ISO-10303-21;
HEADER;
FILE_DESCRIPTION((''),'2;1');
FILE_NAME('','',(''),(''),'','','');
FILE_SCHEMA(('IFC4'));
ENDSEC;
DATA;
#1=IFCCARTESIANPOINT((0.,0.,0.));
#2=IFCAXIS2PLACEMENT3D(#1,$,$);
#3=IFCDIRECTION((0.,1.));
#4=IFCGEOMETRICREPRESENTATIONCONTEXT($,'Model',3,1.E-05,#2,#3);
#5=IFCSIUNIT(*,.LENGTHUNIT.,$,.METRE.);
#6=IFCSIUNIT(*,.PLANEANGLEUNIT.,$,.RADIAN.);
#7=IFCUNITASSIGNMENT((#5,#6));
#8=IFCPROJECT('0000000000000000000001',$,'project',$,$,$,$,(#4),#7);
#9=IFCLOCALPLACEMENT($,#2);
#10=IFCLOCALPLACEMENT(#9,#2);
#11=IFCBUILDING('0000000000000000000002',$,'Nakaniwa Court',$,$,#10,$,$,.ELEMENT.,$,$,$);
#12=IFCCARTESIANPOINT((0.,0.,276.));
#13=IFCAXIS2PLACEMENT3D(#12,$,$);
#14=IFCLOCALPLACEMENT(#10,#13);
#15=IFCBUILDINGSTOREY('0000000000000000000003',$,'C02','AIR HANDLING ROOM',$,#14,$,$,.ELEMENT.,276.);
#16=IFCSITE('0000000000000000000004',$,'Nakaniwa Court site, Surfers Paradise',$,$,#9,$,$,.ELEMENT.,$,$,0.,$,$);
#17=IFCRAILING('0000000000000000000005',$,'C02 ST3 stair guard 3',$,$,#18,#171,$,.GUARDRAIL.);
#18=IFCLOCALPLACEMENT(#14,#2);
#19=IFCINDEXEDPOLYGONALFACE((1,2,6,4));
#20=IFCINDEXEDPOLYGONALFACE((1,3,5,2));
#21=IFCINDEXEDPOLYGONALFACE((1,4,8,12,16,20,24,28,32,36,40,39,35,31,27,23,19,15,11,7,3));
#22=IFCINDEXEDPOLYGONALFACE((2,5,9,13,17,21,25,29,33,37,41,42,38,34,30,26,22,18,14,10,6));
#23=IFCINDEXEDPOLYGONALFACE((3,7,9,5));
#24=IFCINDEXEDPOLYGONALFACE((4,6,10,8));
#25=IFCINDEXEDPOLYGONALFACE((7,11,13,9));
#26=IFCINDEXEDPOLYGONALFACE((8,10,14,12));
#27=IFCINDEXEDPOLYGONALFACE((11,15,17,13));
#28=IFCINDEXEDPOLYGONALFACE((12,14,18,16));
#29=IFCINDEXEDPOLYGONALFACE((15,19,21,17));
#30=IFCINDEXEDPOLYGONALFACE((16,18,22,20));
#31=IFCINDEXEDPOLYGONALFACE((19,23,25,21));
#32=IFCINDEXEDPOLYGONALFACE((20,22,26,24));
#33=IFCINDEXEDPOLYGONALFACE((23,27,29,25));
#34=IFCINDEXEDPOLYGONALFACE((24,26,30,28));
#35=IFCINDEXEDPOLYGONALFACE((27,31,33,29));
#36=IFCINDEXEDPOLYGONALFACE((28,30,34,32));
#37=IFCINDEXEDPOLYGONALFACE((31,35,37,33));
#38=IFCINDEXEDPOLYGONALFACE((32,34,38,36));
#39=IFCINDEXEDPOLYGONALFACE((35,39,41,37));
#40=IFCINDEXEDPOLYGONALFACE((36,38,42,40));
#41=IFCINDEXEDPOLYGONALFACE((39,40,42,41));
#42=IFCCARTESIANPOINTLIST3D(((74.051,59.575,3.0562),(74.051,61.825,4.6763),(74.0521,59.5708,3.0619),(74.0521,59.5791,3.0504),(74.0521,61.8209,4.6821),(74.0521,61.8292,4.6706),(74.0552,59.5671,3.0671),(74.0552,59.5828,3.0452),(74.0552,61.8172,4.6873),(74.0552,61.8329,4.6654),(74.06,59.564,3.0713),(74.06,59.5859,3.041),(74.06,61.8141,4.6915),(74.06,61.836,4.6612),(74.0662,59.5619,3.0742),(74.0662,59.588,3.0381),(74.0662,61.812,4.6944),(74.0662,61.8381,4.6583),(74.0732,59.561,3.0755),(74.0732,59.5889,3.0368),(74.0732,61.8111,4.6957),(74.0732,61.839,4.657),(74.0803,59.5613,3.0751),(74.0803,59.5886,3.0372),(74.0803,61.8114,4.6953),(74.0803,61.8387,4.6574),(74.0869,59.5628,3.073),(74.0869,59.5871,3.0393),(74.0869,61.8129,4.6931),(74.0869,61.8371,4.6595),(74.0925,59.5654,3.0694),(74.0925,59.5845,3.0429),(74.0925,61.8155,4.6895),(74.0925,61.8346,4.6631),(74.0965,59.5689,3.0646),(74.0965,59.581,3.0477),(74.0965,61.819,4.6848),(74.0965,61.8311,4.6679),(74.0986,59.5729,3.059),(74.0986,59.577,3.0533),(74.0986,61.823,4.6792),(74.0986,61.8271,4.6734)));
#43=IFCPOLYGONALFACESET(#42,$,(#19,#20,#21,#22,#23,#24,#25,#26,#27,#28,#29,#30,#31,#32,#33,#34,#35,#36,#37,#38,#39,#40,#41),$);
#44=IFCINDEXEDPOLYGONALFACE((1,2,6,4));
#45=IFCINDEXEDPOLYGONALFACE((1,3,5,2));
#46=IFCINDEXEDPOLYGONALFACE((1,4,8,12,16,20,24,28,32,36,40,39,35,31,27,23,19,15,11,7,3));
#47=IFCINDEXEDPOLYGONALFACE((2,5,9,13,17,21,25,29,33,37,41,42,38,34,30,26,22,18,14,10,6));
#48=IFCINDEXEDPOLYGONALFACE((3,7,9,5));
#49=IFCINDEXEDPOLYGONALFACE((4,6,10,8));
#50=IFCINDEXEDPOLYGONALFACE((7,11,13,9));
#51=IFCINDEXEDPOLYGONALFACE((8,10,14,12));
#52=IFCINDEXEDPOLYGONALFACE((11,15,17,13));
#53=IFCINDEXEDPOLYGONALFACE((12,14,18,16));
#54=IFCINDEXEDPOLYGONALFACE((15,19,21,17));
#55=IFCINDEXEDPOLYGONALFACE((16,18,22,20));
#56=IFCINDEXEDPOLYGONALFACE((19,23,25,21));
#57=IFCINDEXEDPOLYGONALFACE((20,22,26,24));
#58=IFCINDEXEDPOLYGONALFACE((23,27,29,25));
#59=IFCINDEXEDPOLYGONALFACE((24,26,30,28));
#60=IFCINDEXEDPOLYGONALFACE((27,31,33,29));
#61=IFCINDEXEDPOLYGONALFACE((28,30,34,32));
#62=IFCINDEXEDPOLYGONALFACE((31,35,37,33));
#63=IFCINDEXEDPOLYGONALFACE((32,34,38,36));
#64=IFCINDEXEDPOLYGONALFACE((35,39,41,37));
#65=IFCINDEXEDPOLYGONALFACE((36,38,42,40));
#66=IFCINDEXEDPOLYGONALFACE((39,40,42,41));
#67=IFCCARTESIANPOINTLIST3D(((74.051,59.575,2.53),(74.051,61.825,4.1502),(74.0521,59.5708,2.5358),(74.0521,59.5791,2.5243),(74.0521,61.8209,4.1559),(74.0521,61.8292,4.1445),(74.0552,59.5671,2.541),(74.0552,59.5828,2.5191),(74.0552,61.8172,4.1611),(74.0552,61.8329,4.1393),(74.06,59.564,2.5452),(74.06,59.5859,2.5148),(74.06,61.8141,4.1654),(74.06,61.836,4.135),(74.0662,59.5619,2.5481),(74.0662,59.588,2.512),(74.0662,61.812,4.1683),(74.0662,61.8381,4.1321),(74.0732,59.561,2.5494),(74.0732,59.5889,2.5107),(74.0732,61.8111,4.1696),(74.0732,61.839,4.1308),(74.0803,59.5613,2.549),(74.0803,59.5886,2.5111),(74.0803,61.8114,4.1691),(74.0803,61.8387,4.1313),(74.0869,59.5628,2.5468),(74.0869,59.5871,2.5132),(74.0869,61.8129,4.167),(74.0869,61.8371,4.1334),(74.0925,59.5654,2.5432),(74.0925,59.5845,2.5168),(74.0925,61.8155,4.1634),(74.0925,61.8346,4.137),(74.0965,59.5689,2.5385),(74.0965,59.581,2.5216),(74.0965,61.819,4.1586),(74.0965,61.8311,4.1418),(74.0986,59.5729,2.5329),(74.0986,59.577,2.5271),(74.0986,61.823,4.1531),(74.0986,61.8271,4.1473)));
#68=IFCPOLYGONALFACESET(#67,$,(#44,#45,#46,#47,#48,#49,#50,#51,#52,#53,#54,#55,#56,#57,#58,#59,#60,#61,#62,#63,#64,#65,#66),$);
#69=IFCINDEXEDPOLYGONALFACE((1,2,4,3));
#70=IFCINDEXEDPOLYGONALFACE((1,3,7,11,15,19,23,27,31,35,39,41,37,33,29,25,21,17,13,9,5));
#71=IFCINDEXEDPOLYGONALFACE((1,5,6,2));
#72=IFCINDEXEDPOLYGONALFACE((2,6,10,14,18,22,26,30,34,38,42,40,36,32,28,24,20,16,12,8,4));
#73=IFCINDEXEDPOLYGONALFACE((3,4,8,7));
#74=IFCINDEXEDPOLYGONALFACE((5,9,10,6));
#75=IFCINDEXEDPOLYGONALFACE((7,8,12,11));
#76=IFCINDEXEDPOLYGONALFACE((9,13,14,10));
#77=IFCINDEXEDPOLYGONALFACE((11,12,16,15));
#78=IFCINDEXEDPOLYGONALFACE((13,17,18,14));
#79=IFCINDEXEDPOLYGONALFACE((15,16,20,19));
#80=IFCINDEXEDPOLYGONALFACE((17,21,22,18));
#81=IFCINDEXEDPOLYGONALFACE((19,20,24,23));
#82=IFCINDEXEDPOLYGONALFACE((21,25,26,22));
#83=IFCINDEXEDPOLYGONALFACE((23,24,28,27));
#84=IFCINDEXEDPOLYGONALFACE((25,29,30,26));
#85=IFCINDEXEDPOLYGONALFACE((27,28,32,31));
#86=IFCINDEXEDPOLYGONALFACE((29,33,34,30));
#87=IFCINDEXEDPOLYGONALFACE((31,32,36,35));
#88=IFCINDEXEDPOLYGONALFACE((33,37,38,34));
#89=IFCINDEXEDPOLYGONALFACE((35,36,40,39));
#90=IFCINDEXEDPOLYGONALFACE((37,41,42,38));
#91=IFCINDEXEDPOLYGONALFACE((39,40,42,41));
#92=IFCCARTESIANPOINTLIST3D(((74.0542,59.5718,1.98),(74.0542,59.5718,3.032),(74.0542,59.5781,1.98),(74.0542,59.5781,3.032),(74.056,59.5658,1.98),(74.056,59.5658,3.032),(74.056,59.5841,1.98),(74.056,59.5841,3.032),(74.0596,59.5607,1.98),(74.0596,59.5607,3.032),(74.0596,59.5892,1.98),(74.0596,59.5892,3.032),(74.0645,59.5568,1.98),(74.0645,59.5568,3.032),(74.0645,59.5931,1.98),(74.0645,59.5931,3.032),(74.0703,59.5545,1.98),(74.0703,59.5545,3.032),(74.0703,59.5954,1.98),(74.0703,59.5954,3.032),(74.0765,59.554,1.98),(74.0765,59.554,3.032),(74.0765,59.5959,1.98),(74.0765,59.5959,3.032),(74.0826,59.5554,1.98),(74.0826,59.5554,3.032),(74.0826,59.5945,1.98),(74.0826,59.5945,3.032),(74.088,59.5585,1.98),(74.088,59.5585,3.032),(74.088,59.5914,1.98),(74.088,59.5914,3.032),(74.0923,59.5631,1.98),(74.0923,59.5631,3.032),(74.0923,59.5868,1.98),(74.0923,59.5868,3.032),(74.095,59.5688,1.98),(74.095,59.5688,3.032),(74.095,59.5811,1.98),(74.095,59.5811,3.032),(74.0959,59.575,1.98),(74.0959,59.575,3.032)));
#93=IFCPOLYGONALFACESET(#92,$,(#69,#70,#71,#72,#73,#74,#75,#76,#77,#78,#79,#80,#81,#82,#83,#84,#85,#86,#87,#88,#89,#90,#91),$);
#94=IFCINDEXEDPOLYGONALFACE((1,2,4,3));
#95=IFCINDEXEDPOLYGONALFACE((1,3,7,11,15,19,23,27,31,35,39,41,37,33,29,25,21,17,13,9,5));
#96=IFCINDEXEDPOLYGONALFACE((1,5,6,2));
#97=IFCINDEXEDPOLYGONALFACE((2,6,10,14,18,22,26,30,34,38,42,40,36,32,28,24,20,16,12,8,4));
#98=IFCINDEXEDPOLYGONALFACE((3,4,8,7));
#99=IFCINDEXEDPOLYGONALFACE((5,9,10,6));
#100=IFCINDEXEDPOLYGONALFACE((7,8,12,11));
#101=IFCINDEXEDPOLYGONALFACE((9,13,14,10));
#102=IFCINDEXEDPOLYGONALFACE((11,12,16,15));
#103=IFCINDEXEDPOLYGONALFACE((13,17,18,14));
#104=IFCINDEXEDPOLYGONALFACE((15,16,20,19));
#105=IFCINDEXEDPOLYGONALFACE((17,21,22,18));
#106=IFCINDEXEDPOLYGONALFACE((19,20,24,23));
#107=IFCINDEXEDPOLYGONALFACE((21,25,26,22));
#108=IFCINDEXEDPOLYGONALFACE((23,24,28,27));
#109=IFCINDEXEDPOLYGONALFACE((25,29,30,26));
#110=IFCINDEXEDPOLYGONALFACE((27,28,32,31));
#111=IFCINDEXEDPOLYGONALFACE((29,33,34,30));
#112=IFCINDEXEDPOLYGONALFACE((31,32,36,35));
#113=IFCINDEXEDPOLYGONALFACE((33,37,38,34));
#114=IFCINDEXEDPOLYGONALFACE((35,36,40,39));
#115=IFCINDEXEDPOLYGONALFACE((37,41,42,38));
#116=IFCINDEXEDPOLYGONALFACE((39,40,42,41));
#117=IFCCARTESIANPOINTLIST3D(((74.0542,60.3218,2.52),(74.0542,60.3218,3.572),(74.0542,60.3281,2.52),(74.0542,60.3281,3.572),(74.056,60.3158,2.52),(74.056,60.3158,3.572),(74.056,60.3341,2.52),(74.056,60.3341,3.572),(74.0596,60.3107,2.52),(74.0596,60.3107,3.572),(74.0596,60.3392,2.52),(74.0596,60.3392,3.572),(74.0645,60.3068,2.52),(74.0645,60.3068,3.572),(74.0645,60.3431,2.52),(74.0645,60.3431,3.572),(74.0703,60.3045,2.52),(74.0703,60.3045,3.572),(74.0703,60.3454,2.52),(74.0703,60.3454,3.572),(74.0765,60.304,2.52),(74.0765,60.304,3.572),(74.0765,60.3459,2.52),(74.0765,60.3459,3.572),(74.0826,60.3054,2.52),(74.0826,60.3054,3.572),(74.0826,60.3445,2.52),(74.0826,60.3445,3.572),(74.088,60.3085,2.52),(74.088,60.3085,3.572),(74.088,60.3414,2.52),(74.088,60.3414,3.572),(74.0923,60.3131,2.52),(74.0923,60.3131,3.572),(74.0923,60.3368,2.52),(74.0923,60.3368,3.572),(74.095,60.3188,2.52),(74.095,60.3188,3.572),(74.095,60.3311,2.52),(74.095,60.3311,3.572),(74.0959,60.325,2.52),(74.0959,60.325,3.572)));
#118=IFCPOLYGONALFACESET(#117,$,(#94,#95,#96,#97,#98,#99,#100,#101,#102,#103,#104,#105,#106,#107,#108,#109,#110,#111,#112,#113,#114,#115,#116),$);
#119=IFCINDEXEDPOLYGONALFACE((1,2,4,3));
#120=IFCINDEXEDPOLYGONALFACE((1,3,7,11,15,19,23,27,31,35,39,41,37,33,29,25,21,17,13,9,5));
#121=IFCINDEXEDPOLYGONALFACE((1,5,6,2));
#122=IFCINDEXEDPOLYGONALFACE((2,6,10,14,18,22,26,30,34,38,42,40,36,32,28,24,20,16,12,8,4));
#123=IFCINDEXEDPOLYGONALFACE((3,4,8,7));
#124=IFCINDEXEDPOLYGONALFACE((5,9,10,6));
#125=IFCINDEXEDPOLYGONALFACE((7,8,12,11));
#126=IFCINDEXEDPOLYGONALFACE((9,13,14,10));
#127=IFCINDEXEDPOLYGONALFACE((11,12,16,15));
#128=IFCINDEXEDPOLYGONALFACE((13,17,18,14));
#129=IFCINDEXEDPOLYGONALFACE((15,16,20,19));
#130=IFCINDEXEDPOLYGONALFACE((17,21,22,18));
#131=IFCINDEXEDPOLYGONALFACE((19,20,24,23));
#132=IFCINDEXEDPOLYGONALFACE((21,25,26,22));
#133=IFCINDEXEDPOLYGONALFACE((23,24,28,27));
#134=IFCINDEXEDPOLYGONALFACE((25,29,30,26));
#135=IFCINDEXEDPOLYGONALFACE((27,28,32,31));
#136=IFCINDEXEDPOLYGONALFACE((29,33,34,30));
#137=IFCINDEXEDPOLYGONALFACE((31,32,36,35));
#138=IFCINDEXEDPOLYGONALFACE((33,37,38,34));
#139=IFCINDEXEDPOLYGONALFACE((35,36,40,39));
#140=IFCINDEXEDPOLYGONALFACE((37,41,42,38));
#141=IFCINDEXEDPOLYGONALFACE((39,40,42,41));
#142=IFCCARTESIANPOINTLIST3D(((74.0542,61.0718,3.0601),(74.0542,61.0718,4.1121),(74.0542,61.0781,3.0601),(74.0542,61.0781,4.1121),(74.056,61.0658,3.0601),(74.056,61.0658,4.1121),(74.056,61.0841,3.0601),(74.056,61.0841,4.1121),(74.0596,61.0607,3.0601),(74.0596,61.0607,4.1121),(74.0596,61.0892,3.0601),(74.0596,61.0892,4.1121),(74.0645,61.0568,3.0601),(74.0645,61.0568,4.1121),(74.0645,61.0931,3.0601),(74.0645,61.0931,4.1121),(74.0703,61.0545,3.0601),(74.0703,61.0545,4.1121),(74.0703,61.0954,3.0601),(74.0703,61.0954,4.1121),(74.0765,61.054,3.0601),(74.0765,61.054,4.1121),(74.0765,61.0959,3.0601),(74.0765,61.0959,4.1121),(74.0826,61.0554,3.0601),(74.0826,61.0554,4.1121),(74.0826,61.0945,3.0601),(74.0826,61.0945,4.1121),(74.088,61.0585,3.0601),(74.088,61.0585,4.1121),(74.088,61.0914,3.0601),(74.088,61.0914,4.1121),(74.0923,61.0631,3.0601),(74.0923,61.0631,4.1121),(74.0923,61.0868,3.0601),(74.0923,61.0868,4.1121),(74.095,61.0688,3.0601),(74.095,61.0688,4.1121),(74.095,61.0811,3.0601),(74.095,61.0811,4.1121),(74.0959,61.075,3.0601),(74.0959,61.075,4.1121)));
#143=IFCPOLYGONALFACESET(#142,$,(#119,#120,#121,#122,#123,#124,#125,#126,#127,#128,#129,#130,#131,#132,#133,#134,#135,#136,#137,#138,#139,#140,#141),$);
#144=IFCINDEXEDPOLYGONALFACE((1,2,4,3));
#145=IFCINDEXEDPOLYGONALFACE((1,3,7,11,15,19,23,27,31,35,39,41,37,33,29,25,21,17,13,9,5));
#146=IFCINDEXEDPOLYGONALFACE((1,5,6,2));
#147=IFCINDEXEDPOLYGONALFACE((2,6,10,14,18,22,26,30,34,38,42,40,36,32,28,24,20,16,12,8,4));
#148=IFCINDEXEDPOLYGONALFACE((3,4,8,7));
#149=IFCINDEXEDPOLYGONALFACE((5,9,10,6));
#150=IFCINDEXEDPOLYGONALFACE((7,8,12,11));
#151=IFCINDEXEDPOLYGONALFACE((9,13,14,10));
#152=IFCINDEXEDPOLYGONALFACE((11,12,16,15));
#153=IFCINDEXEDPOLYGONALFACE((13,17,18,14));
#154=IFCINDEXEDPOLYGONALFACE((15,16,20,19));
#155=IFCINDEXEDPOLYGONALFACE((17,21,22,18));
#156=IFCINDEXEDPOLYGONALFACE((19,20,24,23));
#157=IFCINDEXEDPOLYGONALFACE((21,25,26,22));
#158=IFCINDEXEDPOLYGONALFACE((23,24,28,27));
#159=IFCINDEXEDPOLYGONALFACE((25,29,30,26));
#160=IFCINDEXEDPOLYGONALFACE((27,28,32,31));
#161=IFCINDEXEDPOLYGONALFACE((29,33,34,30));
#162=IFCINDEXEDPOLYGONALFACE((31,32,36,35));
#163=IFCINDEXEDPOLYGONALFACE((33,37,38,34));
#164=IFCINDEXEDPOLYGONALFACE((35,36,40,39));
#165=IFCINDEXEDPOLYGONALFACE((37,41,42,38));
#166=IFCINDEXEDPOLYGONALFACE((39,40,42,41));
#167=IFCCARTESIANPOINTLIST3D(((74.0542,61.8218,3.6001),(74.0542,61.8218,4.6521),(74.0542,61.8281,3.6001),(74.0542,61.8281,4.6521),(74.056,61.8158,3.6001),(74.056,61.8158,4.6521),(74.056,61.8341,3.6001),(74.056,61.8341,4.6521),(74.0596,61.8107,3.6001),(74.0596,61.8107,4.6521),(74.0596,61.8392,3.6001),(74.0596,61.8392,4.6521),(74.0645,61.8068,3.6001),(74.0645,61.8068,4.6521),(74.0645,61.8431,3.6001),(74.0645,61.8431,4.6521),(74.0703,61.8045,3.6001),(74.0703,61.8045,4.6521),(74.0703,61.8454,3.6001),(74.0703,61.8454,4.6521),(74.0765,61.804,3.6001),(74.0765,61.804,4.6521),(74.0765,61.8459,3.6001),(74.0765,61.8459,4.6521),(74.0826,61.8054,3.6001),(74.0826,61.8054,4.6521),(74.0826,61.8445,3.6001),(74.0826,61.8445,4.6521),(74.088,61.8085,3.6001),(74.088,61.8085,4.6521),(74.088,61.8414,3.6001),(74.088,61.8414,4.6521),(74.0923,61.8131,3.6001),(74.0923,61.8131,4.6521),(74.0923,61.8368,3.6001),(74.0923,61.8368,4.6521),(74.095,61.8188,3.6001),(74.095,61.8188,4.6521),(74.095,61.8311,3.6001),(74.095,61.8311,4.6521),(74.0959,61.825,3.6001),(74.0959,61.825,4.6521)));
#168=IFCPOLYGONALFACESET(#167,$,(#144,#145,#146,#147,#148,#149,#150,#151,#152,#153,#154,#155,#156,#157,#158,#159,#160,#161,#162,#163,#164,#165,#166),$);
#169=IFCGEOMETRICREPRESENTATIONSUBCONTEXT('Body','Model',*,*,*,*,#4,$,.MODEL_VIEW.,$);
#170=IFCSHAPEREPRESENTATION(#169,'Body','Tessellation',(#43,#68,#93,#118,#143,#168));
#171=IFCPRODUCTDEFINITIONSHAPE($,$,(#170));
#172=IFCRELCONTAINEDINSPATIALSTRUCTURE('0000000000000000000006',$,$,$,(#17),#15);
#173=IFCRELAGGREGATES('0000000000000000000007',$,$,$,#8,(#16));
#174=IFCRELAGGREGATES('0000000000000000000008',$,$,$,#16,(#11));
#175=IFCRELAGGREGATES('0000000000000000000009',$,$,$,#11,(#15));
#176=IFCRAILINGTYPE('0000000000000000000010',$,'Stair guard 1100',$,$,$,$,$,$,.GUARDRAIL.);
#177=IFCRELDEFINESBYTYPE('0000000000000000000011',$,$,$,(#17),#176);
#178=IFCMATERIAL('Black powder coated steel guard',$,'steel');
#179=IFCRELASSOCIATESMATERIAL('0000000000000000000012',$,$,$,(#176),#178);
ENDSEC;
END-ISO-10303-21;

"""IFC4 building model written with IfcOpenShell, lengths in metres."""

from ifc_helpers import new_model, si_unit, direction, frame, origin, origin_2d, place, context, subcontext, project, spatial, circle, extrude, material, type_object, element, save


model = new_model("IFC4")

# Units and contexts
model_context = context("Model", 3, precision=1e-05, world=origin(), true_north=direction((0.0, 1.0)))
body_context = subcontext(model_context, "Body", "Model", "MODEL_VIEW")
ifc_project = project(units=[si_unit("LENGTHUNIT", "METRE"), si_unit("PLANEANGLEUNIT", "RADIAN")], contexts=[model_context])

# Site, building, storey
site_placement = place(None, origin())
site = spatial("IfcSite", under=ifc_project, at=site_placement, Name="Nakaniwa Court site, Surfers Paradise", CompositionType="ELEMENT", RefElevation=0.0)
building_placement = place(site_placement, origin())
building = spatial("IfcBuilding", under=site, at=building_placement, Name="Nakaniwa Court", CompositionType="ELEMENT")
storey_placement = place(building_placement, frame((0.0, 0.0, 276.0)))
storey = spatial("IfcBuildingStorey", under=building, at=storey_placement, Name="C02", Description="AIR HANDLING ROOM", CompositionType="ELEMENT", Elevation=276.0)

# Railing
ifc_material_1 = material(Name="Black powder coated steel guard", Category="steel")
railing_type_1 = type_object("IfcRailingType", Name="Stair guard 1100", PredefinedType="GUARDRAIL", material=ifc_material_1)
railing_1_placement = place(storey_placement, frame((74.075, 59.575, 1.98)))
element("IfcRailing", 1, at=railing_1_placement, inside=storey, type_object=railing_type_1, Name="C02 ST3 stair guard 3", PredefinedType="GUARDRAIL", context=body_context, shape_type="SweptSolid", body=[
    extrude(circle(Radius=0.0239, at=origin_2d()), frame((0.0, 0.0, 1.0762), z_axis=(0.0, 0.811514, 0.584333), x_axis=(-1.0, 0.0, 0.0)), (0.0, 0.0, 1.0), 2.7727),
    extrude(circle(Radius=0.0239, at=origin_2d()), frame((0.0, 0.0, 0.55), z_axis=(0.0, 0.811514, 0.584333), x_axis=(-1.0, 0.0, 0.0)), (0.0, 0.0, 1.0), 2.7727),
    extrude(circle(Radius=0.021, at=origin_2d()), origin(), (0.0, 0.0, 1.0), 1.052),
    extrude(circle(Radius=0.021, at=origin_2d()), frame((0.0, 0.75, 0.54)), (0.0, 0.0, 1.0), 1.052),
    extrude(circle(Radius=0.021, at=origin_2d()), frame((0.0, 1.5, 1.0801)), (0.0, 0.0, 1.0), 1.052),
    extrude(circle(Radius=0.021, at=origin_2d()), frame((0.0, 2.25, 1.6201)), (0.0, 0.0, 1.0), 1.052),
])

save(model, "model.ifc")
